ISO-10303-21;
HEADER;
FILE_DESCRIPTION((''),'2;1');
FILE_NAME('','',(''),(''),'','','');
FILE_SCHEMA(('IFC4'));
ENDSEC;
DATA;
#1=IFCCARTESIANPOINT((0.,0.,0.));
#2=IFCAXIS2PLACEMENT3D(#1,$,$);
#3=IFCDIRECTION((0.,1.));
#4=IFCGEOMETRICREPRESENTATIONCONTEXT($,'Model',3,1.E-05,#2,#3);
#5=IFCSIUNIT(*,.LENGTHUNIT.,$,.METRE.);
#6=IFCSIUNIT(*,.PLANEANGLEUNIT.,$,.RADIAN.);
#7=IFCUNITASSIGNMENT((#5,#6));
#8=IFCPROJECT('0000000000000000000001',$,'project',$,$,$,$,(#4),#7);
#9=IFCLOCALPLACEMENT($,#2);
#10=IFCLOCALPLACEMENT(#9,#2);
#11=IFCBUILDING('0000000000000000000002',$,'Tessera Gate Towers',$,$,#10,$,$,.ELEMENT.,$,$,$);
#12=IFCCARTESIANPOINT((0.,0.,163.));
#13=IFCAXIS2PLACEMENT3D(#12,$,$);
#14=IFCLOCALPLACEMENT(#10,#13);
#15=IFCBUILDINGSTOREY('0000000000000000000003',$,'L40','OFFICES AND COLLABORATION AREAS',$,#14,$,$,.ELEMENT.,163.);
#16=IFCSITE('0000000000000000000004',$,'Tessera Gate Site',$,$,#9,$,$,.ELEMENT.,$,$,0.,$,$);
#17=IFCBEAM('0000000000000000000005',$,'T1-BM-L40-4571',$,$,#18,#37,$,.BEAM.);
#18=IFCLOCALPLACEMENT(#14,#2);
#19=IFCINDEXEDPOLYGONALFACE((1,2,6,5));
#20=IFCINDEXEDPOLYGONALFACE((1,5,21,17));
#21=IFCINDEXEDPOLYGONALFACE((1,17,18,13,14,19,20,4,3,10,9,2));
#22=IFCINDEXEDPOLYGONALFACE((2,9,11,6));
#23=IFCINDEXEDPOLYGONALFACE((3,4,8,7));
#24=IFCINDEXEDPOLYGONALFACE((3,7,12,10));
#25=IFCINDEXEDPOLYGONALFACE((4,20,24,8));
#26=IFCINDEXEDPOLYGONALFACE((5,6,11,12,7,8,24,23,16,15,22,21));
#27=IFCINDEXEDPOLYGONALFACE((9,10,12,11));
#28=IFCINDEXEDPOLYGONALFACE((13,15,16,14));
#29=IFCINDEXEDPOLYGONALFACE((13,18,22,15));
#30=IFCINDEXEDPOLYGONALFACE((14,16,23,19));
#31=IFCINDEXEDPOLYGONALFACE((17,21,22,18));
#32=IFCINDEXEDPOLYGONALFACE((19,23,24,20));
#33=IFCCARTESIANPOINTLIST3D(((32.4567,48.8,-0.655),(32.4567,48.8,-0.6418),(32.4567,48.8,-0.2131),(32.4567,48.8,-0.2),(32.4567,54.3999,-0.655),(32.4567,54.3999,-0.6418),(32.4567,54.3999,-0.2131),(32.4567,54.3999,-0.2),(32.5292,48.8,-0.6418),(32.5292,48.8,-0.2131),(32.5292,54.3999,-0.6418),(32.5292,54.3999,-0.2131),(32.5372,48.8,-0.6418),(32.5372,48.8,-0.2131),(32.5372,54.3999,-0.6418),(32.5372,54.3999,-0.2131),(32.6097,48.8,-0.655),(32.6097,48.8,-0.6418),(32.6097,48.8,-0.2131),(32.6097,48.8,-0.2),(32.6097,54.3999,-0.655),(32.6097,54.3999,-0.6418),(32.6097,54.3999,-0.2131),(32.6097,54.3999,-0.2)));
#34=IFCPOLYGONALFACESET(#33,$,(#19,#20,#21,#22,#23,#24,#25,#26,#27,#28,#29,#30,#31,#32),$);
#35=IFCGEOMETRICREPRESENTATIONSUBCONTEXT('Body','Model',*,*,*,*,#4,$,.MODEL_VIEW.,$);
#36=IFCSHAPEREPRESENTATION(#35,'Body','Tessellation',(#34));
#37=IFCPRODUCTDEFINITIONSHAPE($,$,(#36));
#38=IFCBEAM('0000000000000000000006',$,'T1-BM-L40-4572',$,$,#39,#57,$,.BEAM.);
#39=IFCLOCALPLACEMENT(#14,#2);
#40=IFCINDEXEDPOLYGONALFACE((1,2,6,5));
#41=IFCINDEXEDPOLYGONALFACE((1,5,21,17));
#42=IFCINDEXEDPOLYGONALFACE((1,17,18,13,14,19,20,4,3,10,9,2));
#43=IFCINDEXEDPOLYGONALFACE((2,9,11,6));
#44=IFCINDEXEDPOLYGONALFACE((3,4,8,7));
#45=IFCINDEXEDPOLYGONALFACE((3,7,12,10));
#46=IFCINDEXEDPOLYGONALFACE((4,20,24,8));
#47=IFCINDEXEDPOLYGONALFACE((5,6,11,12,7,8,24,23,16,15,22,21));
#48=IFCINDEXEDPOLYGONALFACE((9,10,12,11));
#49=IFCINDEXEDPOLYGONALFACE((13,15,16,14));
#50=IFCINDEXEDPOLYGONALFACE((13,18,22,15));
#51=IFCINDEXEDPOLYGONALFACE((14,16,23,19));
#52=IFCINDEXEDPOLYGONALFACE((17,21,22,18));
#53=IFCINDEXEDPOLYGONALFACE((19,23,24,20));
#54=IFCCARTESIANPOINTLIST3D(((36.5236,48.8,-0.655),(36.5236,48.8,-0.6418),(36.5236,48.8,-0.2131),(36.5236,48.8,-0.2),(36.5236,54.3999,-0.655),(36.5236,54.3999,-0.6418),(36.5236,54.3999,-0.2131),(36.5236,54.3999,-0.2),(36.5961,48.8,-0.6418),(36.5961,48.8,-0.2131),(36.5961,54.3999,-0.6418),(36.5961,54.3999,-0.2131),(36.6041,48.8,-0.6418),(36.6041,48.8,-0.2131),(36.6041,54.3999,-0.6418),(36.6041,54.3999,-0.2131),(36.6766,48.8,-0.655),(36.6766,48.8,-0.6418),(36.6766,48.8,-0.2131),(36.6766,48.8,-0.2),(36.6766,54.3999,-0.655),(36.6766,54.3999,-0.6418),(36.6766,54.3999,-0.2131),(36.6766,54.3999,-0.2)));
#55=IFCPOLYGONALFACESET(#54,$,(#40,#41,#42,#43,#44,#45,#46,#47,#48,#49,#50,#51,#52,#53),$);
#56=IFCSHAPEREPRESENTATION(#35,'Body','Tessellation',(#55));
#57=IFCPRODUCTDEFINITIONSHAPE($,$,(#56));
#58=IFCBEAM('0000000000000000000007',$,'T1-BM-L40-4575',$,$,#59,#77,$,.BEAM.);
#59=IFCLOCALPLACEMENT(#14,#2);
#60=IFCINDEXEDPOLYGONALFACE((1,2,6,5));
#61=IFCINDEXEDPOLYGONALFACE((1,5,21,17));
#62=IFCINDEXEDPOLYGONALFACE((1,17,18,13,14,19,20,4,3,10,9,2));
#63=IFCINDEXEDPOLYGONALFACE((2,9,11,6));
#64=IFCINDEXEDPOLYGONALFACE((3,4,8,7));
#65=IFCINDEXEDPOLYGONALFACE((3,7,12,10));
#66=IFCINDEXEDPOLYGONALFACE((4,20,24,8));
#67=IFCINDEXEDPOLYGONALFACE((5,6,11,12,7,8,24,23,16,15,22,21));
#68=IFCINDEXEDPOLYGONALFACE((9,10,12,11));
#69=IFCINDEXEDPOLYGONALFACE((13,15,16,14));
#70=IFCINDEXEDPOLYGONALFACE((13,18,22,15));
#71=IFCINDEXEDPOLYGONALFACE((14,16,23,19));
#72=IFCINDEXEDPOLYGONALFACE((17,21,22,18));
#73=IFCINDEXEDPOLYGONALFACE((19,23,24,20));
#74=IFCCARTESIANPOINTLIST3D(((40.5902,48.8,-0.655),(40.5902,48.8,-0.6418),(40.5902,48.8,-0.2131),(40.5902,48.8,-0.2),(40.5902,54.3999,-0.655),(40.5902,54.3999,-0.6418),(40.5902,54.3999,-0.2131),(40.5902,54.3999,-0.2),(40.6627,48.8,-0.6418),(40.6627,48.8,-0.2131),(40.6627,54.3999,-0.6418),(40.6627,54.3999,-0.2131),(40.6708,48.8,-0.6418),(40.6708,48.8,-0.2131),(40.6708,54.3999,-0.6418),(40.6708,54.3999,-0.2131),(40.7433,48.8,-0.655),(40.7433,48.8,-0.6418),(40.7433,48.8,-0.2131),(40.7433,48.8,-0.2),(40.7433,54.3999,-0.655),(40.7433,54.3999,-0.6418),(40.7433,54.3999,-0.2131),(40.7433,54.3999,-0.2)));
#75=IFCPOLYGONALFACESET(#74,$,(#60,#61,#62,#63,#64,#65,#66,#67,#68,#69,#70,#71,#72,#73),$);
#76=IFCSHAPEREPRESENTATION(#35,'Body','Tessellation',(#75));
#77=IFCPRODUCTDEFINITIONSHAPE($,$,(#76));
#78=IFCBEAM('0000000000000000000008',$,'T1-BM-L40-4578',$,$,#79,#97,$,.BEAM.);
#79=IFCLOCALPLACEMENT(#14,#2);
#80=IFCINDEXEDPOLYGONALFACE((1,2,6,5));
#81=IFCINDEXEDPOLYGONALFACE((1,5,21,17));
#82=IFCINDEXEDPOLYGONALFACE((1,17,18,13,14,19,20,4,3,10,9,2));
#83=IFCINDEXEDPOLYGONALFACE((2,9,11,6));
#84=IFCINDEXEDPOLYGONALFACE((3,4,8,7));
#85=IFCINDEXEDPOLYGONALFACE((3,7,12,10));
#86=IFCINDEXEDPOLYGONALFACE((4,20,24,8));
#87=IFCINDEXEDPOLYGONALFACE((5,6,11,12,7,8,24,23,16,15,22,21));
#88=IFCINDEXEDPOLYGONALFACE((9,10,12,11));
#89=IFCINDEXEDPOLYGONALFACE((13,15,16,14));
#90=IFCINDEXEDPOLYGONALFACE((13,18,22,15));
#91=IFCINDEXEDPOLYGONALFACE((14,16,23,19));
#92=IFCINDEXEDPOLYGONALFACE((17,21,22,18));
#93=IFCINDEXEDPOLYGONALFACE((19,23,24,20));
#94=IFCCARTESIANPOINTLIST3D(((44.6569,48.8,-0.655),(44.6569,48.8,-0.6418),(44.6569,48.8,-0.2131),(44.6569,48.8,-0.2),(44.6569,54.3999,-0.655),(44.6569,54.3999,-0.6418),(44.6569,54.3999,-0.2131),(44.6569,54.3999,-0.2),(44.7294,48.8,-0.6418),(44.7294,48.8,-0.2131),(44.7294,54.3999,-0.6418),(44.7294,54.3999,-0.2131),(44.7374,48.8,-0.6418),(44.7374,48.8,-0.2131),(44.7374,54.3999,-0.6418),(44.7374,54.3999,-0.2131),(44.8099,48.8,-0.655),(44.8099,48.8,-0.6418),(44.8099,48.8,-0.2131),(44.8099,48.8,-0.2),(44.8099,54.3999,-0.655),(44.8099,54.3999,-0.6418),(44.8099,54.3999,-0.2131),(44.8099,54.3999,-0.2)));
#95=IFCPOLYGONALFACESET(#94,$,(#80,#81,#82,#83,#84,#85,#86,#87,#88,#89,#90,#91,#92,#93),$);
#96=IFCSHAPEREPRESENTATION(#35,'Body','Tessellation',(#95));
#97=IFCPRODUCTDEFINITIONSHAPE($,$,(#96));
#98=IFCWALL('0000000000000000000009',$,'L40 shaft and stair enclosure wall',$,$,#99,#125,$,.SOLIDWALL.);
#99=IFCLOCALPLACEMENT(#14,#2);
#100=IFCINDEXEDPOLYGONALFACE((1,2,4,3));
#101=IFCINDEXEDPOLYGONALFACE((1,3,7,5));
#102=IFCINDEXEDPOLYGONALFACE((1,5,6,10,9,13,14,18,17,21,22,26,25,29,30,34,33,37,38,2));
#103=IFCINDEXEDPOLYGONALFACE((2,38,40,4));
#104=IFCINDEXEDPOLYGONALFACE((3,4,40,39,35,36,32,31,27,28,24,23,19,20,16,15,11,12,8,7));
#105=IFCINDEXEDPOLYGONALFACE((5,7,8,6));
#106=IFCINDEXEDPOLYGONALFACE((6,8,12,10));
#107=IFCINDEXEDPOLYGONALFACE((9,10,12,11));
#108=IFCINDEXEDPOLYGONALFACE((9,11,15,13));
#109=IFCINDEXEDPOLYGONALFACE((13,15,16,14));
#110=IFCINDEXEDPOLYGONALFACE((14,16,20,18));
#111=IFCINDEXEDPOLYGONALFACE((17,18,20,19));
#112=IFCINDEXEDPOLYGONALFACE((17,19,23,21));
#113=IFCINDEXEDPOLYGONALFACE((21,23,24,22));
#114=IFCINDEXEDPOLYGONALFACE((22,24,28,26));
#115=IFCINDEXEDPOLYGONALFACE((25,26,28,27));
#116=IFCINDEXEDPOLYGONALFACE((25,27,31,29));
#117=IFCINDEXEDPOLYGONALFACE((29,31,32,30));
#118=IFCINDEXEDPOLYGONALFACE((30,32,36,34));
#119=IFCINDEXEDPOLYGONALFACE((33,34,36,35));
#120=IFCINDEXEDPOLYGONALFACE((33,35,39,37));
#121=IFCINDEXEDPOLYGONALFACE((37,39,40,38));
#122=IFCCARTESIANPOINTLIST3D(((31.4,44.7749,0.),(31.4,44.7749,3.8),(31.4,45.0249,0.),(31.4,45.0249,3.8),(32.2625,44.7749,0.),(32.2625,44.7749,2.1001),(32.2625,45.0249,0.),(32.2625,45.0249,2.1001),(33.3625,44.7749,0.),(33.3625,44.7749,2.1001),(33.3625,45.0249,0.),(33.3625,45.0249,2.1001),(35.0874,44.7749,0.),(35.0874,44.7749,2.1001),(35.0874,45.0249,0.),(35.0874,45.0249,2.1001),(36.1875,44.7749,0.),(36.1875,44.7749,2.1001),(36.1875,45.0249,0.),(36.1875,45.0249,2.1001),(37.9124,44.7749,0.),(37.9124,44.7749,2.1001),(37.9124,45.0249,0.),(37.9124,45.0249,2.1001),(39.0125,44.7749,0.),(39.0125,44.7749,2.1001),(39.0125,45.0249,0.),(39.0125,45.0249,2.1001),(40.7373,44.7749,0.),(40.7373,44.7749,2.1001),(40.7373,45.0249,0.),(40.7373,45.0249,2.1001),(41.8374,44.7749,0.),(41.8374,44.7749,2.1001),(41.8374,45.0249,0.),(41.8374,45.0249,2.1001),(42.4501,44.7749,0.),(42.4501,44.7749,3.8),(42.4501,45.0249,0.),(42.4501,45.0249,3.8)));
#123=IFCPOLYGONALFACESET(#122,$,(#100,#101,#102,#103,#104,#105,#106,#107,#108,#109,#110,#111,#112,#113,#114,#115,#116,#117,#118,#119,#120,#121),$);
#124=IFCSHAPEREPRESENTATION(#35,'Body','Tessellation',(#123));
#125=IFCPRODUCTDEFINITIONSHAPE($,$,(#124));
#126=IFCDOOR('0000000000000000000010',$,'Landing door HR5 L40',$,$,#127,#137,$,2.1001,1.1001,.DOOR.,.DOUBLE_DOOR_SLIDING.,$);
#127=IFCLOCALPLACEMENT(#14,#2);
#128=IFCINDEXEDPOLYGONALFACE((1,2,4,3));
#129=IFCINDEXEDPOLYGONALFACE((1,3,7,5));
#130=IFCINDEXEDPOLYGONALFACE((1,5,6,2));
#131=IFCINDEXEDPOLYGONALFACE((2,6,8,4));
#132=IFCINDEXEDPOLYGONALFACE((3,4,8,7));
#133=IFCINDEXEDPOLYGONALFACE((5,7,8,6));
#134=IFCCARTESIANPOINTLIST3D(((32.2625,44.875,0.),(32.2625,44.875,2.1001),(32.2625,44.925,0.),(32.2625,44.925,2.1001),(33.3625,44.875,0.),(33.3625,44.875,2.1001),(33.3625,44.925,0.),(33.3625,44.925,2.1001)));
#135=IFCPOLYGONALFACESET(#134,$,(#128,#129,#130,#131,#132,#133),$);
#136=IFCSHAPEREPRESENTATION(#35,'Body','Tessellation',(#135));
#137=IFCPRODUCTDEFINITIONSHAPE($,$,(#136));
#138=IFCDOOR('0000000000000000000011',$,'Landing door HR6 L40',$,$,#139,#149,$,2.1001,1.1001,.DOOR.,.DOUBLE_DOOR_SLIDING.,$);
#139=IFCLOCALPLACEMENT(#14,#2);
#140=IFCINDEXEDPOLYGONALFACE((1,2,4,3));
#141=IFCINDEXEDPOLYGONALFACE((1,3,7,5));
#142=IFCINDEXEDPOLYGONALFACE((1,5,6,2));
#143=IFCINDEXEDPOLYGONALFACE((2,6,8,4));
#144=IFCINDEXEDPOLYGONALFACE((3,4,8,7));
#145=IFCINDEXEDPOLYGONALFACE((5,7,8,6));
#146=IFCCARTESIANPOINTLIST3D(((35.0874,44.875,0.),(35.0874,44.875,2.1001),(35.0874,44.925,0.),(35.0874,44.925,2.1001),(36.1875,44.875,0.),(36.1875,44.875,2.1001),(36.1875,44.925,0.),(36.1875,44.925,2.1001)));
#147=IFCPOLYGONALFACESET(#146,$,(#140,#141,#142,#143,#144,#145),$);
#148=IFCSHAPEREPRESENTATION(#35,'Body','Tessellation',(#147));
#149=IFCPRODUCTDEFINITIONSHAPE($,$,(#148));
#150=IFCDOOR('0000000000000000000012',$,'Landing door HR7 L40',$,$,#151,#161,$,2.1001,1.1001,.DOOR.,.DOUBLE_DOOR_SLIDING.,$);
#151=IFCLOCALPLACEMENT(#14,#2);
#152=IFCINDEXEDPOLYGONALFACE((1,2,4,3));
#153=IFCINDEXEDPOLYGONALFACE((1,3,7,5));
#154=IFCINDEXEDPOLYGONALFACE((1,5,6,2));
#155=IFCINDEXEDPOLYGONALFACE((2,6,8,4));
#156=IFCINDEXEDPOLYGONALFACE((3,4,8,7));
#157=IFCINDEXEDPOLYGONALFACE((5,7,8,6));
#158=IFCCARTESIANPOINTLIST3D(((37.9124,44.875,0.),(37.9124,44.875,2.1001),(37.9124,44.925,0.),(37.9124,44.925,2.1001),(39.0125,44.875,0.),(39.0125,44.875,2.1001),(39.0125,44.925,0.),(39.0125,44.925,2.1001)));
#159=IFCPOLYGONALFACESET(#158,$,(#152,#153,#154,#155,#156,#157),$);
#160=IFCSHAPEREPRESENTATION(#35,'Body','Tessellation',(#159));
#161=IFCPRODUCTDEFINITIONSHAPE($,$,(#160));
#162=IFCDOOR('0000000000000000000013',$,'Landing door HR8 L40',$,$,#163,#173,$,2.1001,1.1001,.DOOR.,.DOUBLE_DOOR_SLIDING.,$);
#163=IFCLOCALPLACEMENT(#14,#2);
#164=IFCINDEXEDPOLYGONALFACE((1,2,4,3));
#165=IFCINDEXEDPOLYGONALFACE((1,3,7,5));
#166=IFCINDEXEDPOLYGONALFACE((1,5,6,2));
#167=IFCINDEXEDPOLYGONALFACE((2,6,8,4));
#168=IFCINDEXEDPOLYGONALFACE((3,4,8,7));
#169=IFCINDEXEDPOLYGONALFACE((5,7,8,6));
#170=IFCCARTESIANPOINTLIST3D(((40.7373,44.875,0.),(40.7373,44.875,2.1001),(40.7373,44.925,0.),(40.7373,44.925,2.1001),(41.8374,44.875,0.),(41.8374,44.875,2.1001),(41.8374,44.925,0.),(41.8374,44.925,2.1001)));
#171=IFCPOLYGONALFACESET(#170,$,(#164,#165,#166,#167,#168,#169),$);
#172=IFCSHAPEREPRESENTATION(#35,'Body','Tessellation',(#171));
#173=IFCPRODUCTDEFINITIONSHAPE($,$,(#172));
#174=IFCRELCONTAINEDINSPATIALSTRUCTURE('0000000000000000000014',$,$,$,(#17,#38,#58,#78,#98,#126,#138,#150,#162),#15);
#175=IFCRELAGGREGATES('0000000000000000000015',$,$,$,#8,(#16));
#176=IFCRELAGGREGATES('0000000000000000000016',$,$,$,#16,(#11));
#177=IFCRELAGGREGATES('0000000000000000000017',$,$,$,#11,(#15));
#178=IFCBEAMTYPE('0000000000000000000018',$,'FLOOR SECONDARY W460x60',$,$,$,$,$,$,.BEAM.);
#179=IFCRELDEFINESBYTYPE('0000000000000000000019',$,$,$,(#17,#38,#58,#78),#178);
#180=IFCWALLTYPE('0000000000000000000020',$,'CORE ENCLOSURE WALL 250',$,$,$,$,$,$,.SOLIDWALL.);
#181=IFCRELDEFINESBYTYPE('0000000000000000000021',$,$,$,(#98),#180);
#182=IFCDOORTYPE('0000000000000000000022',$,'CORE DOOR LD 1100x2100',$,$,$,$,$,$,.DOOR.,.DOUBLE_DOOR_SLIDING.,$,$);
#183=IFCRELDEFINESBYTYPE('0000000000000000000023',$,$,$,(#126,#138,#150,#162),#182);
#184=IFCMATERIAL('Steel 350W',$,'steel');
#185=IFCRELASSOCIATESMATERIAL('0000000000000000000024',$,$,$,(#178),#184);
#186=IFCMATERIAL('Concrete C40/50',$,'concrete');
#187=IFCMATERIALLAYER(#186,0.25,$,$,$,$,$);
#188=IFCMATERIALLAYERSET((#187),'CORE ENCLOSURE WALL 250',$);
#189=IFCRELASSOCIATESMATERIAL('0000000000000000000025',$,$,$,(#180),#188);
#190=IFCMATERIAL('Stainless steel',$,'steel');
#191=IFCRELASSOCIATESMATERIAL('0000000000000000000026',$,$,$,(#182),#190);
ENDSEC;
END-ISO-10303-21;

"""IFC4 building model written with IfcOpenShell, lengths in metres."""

from ifc_helpers import new_model, si_unit, direction, frame, frame_2d, origin, origin_2d, place, context, subcontext, project, spatial, rectangle, i_section, extrude, source, transform, mapped, material, layer, layer_set, material_profile, profile_set, type_object, element, fill, save


model = new_model("IFC4")

# Units and contexts
model_context = context("Model", 3, precision=1e-05, world=origin(), true_north=direction((0.0, 1.0)))
body_context = subcontext(model_context, "Body", "Model", "MODEL_VIEW")
ifc_project = project(units=[si_unit("LENGTHUNIT", "METRE"), si_unit("PLANEANGLEUNIT", "RADIAN")], contexts=[model_context])

# Site, building, storey
site_placement = place(None, origin())
site = spatial("IfcSite", under=ifc_project, at=site_placement, Name="Tessera Gate Site", CompositionType="ELEMENT", RefElevation=0.0)
building_placement = place(site_placement, origin())
building = spatial("IfcBuilding", under=site, at=building_placement, Name="Tessera Gate Towers", CompositionType="ELEMENT")
storey_placement = place(building_placement, frame((0.0, 0.0, 163.0)))
storey = spatial("IfcBuildingStorey", under=building, at=storey_placement, Name="L40", Description="OFFICES AND COLLABORATION AREAS", CompositionType="ELEMENT", Elevation=163.0)

# Beams
ifc_material_1 = material(Name="Steel 350W", Category="steel")
ifc_material_profile = material_profile(ifc_material_1, i_section(OverallWidth=0.1531, OverallDepth=0.4551, WebThickness=0.0081, FlangeThickness=0.0132, at=origin_2d()), Name="W460x60")
ifc_profile_set = profile_set([ifc_material_profile], Name="Steel 350W")
beam_type = type_object("IfcBeamType", Name="FLOOR SECONDARY W460x60", PredefinedType="BEAM", material=ifc_profile_set)
for number, where, z_axis, x_axis, name in (
    (1, (32.5332, 48.8, -0.4275), (0.0, 1.0, 0.0), (-1.0, 0.0, 0.0), "T1-BM-L40-4571"),
    (2, (36.6001, 48.8, -0.4275), (0.0, 1.0, 0.0), (-1.0, 0.0, 0.0), "T1-BM-L40-4572"),
    (3, (40.6667, 48.8, -0.4275), (0.0, 1.0, 0.0), (-1.0, 0.0, 0.0), "T1-BM-L40-4575"),
    (4, (44.7334, 48.8, -0.4275), (0.0, 1.0, 0.0), (-1.0, 0.0, 0.0), "T1-BM-L40-4578"),
):
    element("IfcBeam", number, at=place(storey_placement, frame(where, z_axis=z_axis, x_axis=x_axis)), inside=storey, type_object=beam_type, Name=name, PredefinedType="BEAM", context=body_context, shape_type="SweptSolid", body=[
        extrude(i_section(OverallWidth=0.1531, OverallDepth=0.4551, WebThickness=0.0081, FlangeThickness=0.0132, at=origin_2d()), origin(), (0.0, 0.0, 1.0), 5.5999),
    ])

# Wall, openings, doors
ifc_material_2 = material(Name="Concrete C40/50", Category="concrete")
ifc_layer_1 = layer(ifc_material_2, 0.25)
ifc_layer_set_1 = layer_set([ifc_layer_1], Name="CORE ENCLOSURE WALL 250")
wall_type_1 = type_object("IfcWallType", Name="CORE ENCLOSURE WALL 250", PredefinedType="SOLIDWALL", material=ifc_layer_set_1)
wall_1_placement = place(storey_placement, frame((42.45, 44.8999, 0.0), z_axis=(0.0, 0.0, 1.0), x_axis=(-1.0, 0.0, 0.0)))
wall_1 = element("IfcWall", 5, at=wall_1_placement, inside=storey, type_object=wall_type_1, Name="L40 shaft and stair enclosure wall", PredefinedType="SOLIDWALL", context=body_context, shape_type="SweptSolid", body=[
    extrude(rectangle(XDim=11.05, YDim=0.25, at=frame_2d((5.5249, 0.0))), origin(), (0.0, 0.0, 1.0), 3.8),
])
shared_shape_1 = source(origin(), body_context, "Body", "SweptSolid", [
    extrude(rectangle(XDim=1.1001, YDim=2.1001, at=frame_2d((0.55, 1.05))), frame((0.0, 0.135, 0.0), z_axis=(0.0, -1.0, 0.0), x_axis=(1.0, 0.0, 0.0)), (0.0, 0.0, 1.0), 0.27),
])
opening_1_placement = place(wall_1_placement, frame((9.0874, 0.0, 0.0)))
opening_1 = element("IfcOpeningElement", 6, at=opening_1_placement, cuts=wall_1, PredefinedType="OPENING", context=body_context, shape_type="MappedRepresentation", body=[
    mapped(shared_shape_1, transform((0.0, 0.0, 0.0), scale=1.0)),
])
opening_2_placement = place(wall_1_placement, frame((6.2625, 0.0, 0.0)))
opening_2 = element("IfcOpeningElement", 7, at=opening_2_placement, cuts=wall_1, PredefinedType="OPENING", context=body_context, shape_type="MappedRepresentation", body=[
    mapped(shared_shape_1, transform((0.0, 0.0, 0.0), scale=1.0)),
])
opening_3_placement = place(wall_1_placement, frame((3.4375, 0.0, 0.0)))
opening_3 = element("IfcOpeningElement", 8, at=opening_3_placement, cuts=wall_1, PredefinedType="OPENING", context=body_context, shape_type="MappedRepresentation", body=[
    mapped(shared_shape_1, transform((0.0, 0.0, 0.0), scale=1.0)),
])
opening_4_placement = place(wall_1_placement, frame((0.6125, 0.0, 0.0)))
opening_4 = element("IfcOpeningElement", 9, at=opening_4_placement, cuts=wall_1, PredefinedType="OPENING", context=body_context, shape_type="MappedRepresentation", body=[
    mapped(shared_shape_1, transform((0.0, 0.0, 0.0), scale=1.0)),
])
ifc_material_3 = material(Name="Stainless steel", Category="steel")
door_type_1 = type_object("IfcDoorType", Name="CORE DOOR LD 1100x2100", OperationType="DOUBLE_DOOR_SLIDING", PredefinedType="DOOR", material=ifc_material_3)
shared_shape_2 = source(origin(), body_context, "Body", "SweptSolid", [
    extrude(rectangle(XDim=1.1001, YDim=2.1001, at=frame_2d((0.55, 1.05))), frame((0.0, 0.0249, 0.0), z_axis=(0.0, -1.0, 0.0), x_axis=(1.0, 0.0, 0.0)), (0.0, 0.0, 1.0), 0.05),
])
door_1_placement = place(opening_1_placement, origin())
door_1 = element("IfcDoor", 10, at=door_1_placement, inside=storey, type_object=door_type_1, Name="Landing door HR5 L40", OperationType="DOUBLE_DOOR_SLIDING", OverallHeight=2.1001, OverallWidth=1.1001, PredefinedType="DOOR", context=body_context, shape_type="MappedRepresentation", body=[
    mapped(shared_shape_2, transform((0.0, 0.0, 0.0), scale=1.0)),
])
fill(opening_1, door_1)
door_2_placement = place(opening_2_placement, origin())
door_2 = element("IfcDoor", 11, at=door_2_placement, inside=storey, type_object=door_type_1, Name="Landing door HR6 L40", OperationType="DOUBLE_DOOR_SLIDING", OverallHeight=2.1001, OverallWidth=1.1001, PredefinedType="DOOR", context=body_context, shape_type="MappedRepresentation", body=[
    mapped(shared_shape_2, transform((0.0, 0.0, 0.0), scale=1.0)),
])
fill(opening_2, door_2)
door_3_placement = place(opening_3_placement, origin())
door_3 = element("IfcDoor", 12, at=door_3_placement, inside=storey, type_object=door_type_1, Name="Landing door HR7 L40", OperationType="DOUBLE_DOOR_SLIDING", OverallHeight=2.1001, OverallWidth=1.1001, PredefinedType="DOOR", context=body_context, shape_type="MappedRepresentation", body=[
    mapped(shared_shape_2, transform((0.0, 0.0, 0.0), scale=1.0)),
])
fill(opening_3, door_3)
door_4_placement = place(opening_4_placement, origin())
door_4 = element("IfcDoor", 13, at=door_4_placement, inside=storey, type_object=door_type_1, Name="Landing door HR8 L40", OperationType="DOUBLE_DOOR_SLIDING", OverallHeight=2.1001, OverallWidth=1.1001, PredefinedType="DOOR", context=body_context, shape_type="MappedRepresentation", body=[
    mapped(shared_shape_2, transform((0.0, 0.0, 0.0), scale=1.0)),
])
fill(opening_4, door_4)

save(model, "model.ifc")
